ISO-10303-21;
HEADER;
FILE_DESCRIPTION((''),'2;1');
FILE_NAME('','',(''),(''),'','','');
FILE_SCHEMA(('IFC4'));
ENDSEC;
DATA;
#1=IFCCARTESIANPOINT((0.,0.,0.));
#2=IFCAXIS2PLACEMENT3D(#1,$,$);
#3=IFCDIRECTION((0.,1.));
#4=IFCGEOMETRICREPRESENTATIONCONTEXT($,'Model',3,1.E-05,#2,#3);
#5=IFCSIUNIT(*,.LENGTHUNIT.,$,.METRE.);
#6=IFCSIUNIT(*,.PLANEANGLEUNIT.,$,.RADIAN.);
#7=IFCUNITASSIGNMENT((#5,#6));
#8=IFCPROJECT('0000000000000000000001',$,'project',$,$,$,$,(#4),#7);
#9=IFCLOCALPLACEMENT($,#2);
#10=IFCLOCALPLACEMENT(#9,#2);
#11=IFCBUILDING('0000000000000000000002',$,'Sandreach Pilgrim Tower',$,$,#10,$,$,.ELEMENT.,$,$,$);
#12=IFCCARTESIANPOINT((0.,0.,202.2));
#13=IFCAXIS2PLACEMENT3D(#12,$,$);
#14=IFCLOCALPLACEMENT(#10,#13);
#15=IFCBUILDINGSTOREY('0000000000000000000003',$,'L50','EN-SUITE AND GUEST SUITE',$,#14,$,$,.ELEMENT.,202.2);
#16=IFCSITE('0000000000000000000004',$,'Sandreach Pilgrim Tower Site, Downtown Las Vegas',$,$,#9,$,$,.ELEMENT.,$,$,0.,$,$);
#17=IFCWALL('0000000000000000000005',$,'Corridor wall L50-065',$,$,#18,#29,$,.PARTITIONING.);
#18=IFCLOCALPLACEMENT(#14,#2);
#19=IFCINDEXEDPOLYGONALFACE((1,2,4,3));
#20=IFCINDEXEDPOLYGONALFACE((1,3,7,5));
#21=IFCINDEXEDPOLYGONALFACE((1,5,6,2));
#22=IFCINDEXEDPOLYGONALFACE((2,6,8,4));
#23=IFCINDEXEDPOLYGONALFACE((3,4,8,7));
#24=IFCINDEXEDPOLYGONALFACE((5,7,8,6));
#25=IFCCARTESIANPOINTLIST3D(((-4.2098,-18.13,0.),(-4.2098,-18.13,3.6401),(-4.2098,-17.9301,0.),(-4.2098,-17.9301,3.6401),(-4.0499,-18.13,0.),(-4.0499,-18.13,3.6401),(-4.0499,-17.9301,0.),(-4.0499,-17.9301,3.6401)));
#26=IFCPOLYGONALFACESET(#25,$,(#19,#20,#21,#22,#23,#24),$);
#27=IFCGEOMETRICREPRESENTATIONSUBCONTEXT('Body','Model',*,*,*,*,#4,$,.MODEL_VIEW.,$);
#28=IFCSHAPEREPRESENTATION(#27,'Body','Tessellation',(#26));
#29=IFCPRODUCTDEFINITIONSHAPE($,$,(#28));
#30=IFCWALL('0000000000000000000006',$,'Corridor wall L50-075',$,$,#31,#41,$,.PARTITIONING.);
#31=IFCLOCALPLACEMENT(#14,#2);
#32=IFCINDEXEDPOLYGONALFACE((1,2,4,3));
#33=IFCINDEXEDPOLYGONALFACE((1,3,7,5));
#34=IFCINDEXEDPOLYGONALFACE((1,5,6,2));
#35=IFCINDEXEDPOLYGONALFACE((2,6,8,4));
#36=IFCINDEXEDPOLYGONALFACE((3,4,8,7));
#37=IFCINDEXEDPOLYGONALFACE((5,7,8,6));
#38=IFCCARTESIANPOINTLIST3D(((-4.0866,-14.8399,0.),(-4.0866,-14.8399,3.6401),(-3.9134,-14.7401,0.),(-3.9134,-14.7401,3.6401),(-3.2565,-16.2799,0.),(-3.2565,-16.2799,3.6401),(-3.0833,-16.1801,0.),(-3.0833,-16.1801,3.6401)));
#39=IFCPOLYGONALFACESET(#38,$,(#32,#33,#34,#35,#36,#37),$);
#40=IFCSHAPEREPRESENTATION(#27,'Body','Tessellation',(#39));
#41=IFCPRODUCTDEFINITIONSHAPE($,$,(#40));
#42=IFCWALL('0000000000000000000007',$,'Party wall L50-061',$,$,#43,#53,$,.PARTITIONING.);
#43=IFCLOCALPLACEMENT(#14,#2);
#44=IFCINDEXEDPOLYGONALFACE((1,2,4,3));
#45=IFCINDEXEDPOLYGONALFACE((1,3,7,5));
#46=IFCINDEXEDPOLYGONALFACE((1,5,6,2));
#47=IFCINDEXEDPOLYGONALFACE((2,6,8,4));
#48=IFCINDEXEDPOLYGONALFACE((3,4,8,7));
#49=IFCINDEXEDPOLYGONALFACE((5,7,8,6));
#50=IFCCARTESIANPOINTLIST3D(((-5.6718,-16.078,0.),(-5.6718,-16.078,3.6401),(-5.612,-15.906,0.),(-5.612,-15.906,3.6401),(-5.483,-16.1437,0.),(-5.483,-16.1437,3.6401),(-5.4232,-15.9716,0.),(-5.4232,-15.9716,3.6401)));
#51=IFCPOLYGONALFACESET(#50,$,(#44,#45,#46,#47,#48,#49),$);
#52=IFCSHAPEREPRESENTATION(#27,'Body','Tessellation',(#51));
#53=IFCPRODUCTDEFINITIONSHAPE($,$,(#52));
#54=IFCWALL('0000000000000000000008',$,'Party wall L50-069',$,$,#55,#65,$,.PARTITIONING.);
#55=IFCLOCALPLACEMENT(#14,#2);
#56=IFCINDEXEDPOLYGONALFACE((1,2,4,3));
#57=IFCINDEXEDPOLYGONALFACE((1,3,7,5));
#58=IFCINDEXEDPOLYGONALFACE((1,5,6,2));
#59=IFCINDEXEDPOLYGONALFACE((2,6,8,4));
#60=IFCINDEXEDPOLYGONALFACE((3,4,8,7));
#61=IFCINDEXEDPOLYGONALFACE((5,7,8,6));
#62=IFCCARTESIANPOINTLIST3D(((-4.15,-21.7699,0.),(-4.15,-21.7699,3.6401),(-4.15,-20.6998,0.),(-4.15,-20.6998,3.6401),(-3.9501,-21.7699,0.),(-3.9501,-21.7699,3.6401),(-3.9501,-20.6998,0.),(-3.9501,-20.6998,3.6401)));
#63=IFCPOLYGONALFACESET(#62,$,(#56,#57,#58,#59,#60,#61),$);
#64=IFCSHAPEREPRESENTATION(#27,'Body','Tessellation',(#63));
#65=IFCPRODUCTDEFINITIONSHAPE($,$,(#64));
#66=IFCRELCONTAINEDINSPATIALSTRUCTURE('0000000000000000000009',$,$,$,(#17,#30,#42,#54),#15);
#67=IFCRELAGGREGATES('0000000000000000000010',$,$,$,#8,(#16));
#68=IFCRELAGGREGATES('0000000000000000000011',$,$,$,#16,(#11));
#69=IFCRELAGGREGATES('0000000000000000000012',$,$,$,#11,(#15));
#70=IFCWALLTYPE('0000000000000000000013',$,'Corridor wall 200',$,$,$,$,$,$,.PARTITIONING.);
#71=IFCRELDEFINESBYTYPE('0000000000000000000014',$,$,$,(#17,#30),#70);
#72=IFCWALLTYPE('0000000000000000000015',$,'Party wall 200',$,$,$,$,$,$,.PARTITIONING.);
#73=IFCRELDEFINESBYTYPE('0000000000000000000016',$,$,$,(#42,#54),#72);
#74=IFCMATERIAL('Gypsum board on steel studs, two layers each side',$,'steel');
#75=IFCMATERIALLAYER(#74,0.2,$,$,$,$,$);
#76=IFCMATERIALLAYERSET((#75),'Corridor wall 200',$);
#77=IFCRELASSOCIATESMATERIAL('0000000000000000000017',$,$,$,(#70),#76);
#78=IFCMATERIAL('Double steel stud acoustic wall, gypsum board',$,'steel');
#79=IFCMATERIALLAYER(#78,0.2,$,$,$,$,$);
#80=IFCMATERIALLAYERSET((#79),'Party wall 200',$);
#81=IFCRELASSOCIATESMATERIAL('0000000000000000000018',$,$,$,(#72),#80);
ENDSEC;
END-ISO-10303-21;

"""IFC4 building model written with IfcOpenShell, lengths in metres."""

from ifc_helpers import new_model, si_unit, direction, frame, frame_2d, origin, place, context, subcontext, project, spatial, rectangle, extrude, material, layer, layer_set, type_object, element, save


model = new_model("IFC4")

# Units and contexts
model_context = context("Model", 3, precision=1e-05, world=origin(), true_north=direction((0.0, 1.0)))
body_context = subcontext(model_context, "Body", "Model", "MODEL_VIEW")
ifc_project = project(units=[si_unit("LENGTHUNIT", "METRE"), si_unit("PLANEANGLEUNIT", "RADIAN")], contexts=[model_context])

# Site, building, storey
site_placement = place(None, origin())
site = spatial("IfcSite", under=ifc_project, at=site_placement, Name="Sandreach Pilgrim Tower Site, Downtown Las Vegas", CompositionType="ELEMENT", RefElevation=0.0)
building_placement = place(site_placement, origin())
building = spatial("IfcBuilding", under=site, at=building_placement, Name="Sandreach Pilgrim Tower", CompositionType="ELEMENT")
storey_placement = place(building_placement, frame((0.0, 0.0, 202.2)))
storey = spatial("IfcBuildingStorey", under=building, at=storey_placement, Name="L50", Description="EN-SUITE AND GUEST SUITE", CompositionType="ELEMENT", Elevation=202.2)

# Shared definitions
ifc_material_1 = material(Name="Gypsum board on steel studs, two layers each side", Category="steel")
ifc_layer_1 = layer(ifc_material_1, 0.2)
ifc_layer_set_1 = layer_set([ifc_layer_1], Name="Corridor wall 200")
wall_type_1 = type_object("IfcWallType", Name="Corridor wall 200", PredefinedType="PARTITIONING", material=ifc_layer_set_1)

# Wall
wall_1_placement = place(storey_placement, frame((-4.21, -18.03, 0.0), z_axis=(0.0, 0.0, 1.0), x_axis=(1.0, 0.0, 0.0)))
element("IfcWall", 1, at=wall_1_placement, inside=storey, type_object=wall_type_1, Name="Corridor wall L50-065", PredefinedType="PARTITIONING", context=body_context, shape_type="SweptSolid", body=[
    extrude(rectangle(XDim=0.1599, YDim=0.2, at=frame_2d((0.0801, 0.0))), origin(), (0.0, 0.0, 1.0), 3.6401),
])

# Wall
wall_2_placement = place(storey_placement, frame((-3.1699, -16.23, 0.0), z_axis=(0.0, 0.0, 1.0), x_axis=(-0.499426, 0.866357, 0.0)))
element("IfcWall", 2, at=wall_2_placement, inside=storey, type_object=wall_type_1, Name="Corridor wall L50-075", PredefinedType="PARTITIONING", context=body_context, shape_type="SweptSolid", body=[
    extrude(rectangle(XDim=1.6621, YDim=0.2, at=frame_2d((0.8311, 0.0))), origin(), (0.0, 0.0, 1.0), 3.6401),
])

# Walls
ifc_material_2 = material(Name="Double steel stud acoustic wall, gypsum board", Category="steel")
ifc_layer_2 = layer(ifc_material_2, 0.2)
ifc_layer_set_2 = layer_set([ifc_layer_2], Name="Party wall 200")
wall_type_2 = type_object("IfcWallType", Name="Party wall 200", PredefinedType="PARTITIONING", material=ifc_layer_set_2)
wall_3_placement = place(storey_placement, frame((-5.5774, -16.1108, 0.0), z_axis=(0.0, 0.0, 1.0), x_axis=(0.328261, 0.944587, 0.0)))
element("IfcWall", 3, at=wall_3_placement, inside=storey, type_object=wall_type_2, Name="Party wall L50-061", PredefinedType="PARTITIONING", context=body_context, shape_type="SweptSolid", body=[
    extrude(rectangle(XDim=0.1821, YDim=0.2, at=frame_2d((0.0911, 0.0))), origin(), (0.0, 0.0, 1.0), 3.6401),
])
wall_4_placement = place(storey_placement, frame((-4.05, -21.77, 0.0), z_axis=(0.0, 0.0, 1.0), x_axis=(0.0, 1.0, 0.0)))
element("IfcWall", 4, at=wall_4_placement, inside=storey, type_object=wall_type_2, Name="Party wall L50-069", PredefinedType="PARTITIONING", context=body_context, shape_type="SweptSolid", body=[
    extrude(rectangle(XDim=1.0701, YDim=0.2, at=frame_2d((0.5352, 0.0))), origin(), (0.0, 0.0, 1.0), 3.6401),
])

save(model, "model.ifc")
